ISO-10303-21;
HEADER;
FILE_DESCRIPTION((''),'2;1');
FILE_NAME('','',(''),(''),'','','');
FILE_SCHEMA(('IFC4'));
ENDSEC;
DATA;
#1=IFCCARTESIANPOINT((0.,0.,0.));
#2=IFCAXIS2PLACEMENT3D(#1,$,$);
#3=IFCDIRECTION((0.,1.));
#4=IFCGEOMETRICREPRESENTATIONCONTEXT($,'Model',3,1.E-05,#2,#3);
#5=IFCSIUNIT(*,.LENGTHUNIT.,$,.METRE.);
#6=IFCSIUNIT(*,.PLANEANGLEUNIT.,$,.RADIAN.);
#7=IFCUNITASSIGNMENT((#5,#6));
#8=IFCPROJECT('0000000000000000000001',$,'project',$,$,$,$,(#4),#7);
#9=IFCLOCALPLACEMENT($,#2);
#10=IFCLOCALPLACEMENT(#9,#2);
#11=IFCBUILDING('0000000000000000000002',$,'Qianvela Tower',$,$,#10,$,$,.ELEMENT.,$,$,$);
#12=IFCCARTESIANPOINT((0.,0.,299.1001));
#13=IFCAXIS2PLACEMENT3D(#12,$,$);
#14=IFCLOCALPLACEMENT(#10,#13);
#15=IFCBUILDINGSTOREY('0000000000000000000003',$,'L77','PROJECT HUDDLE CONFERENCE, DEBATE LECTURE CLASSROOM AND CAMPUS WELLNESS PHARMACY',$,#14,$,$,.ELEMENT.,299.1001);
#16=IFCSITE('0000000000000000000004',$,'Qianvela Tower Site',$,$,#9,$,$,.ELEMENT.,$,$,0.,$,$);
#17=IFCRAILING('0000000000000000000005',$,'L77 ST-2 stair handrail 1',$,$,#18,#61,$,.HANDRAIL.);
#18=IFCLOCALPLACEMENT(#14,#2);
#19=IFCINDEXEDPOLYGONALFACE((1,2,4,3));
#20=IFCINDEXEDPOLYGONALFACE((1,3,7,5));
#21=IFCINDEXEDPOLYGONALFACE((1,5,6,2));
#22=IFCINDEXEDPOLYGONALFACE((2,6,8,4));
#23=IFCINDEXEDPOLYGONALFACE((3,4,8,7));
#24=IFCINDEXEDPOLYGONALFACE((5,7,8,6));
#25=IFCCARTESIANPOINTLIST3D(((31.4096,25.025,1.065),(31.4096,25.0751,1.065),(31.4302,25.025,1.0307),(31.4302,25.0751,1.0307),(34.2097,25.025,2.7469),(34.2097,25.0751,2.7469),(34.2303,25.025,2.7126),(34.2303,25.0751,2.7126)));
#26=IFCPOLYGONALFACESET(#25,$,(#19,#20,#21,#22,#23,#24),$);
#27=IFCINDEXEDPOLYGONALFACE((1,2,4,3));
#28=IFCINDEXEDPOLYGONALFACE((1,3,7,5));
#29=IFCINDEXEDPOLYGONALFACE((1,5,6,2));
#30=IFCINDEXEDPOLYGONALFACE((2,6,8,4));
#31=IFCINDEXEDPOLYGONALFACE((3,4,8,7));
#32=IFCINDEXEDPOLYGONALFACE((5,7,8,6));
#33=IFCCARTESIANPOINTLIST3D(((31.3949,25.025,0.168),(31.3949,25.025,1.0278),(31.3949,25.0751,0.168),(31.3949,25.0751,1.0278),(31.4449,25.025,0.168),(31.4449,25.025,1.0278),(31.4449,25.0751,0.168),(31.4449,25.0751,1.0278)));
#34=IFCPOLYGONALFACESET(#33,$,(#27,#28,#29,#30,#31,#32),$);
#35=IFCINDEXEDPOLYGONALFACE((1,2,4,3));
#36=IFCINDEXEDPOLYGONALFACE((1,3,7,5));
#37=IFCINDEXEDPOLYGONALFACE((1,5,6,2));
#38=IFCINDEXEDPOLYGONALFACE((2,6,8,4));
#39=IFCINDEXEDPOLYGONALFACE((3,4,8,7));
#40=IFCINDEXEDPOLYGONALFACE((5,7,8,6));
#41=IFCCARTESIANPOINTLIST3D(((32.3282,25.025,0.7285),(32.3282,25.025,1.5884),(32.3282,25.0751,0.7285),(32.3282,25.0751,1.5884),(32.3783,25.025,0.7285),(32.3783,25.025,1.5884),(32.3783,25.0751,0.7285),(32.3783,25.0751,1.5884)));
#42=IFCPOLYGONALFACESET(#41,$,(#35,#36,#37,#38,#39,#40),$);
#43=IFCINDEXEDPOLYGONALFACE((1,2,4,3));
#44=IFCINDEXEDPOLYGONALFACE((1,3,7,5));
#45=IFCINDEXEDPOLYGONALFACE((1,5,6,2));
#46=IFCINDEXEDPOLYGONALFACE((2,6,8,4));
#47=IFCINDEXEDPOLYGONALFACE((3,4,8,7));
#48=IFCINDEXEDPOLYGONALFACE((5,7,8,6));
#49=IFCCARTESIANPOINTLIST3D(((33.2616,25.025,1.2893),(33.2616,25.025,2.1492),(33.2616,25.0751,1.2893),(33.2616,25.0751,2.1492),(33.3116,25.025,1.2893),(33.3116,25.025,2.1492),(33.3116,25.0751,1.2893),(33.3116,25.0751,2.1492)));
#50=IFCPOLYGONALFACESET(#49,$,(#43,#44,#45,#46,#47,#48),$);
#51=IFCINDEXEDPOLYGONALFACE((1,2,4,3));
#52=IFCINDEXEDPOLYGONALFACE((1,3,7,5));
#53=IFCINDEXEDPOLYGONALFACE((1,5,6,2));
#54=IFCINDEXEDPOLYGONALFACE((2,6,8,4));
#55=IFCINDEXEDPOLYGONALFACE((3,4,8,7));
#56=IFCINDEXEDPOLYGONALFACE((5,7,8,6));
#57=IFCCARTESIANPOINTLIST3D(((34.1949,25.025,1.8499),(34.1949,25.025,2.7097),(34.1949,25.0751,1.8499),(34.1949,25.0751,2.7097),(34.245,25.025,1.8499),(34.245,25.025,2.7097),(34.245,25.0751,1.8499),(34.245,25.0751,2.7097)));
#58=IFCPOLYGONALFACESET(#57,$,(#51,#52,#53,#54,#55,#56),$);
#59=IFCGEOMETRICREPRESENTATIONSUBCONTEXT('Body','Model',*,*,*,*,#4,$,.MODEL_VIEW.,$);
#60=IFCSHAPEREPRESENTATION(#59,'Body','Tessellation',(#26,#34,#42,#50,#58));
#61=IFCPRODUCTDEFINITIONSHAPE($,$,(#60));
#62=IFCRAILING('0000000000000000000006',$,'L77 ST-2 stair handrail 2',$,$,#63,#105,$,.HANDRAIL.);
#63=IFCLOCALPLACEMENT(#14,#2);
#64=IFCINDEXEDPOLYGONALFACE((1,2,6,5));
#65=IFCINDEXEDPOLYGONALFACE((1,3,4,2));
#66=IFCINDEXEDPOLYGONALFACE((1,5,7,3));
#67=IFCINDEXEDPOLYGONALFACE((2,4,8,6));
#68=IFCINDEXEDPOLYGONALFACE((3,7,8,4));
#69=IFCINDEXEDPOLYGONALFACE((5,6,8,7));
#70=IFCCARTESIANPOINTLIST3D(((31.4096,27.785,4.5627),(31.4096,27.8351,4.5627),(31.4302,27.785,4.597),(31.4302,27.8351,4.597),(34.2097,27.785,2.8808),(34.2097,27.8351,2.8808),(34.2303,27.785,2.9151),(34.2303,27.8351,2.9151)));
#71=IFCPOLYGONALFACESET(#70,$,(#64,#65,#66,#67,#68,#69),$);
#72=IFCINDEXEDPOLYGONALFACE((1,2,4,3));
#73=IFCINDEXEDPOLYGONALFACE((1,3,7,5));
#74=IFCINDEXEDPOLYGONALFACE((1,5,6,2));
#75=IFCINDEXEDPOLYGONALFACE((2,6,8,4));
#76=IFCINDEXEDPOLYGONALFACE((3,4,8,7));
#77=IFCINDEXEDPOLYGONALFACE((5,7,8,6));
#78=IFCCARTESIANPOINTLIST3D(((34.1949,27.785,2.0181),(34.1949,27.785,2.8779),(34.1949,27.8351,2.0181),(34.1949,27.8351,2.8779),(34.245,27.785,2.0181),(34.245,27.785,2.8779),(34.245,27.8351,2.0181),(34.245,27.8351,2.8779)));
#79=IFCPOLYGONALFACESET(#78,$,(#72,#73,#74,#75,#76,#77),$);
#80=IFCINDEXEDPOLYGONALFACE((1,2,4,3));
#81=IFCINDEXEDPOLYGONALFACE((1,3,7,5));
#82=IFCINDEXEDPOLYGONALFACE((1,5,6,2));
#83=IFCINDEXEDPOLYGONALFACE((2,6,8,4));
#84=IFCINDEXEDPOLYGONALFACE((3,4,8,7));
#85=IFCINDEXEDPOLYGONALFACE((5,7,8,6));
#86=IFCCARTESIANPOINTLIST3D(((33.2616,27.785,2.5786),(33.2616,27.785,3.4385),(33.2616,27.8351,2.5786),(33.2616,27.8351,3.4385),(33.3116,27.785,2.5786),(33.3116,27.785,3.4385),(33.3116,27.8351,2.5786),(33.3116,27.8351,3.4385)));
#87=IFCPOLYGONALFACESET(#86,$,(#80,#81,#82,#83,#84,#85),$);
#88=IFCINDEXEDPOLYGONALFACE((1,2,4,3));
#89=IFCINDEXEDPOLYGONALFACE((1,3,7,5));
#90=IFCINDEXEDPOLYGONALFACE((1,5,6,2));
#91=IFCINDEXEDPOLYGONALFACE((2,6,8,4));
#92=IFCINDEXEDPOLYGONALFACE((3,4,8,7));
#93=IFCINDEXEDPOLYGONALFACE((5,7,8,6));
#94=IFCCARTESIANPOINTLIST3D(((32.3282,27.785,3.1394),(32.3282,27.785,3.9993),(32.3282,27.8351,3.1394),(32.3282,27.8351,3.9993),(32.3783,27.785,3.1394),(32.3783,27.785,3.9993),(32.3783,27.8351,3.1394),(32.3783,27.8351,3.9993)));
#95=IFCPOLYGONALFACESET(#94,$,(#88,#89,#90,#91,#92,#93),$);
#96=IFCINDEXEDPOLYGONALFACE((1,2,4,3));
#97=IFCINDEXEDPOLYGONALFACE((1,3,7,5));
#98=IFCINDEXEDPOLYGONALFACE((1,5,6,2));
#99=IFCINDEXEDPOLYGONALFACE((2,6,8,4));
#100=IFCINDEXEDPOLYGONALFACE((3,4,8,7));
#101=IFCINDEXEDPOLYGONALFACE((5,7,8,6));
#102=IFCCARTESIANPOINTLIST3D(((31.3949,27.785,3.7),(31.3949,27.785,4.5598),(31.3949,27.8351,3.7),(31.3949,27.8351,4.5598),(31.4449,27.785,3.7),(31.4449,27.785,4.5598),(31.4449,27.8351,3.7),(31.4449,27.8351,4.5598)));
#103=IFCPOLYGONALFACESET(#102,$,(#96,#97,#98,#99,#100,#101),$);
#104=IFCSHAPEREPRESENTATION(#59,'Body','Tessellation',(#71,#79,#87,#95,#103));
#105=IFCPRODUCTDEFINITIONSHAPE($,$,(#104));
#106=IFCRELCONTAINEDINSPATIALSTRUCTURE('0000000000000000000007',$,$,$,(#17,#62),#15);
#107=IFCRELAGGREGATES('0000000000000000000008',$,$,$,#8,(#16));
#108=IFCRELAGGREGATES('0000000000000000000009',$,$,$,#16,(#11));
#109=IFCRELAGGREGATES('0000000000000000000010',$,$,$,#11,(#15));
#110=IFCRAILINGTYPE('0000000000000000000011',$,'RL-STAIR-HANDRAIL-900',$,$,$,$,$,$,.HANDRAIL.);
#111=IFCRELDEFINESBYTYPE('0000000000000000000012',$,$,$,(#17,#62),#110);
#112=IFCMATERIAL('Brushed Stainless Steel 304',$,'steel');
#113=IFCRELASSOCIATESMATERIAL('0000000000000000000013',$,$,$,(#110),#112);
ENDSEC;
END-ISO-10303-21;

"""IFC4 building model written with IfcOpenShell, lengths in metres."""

from ifc_helpers import new_model, si_unit, direction, frame, origin, origin_2d, place, context, subcontext, project, spatial, rectangle, extrude, material, type_object, element, save


model = new_model("IFC4")

# Units and contexts
model_context = context("Model", 3, precision=1e-05, world=origin(), true_north=direction((0.0, 1.0)))
body_context = subcontext(model_context, "Body", "Model", "MODEL_VIEW")
ifc_project = project(units=[si_unit("LENGTHUNIT", "METRE"), si_unit("PLANEANGLEUNIT", "RADIAN")], contexts=[model_context])

# Site, building, storey
site_placement = place(None, origin())
site = spatial("IfcSite", under=ifc_project, at=site_placement, Name="Qianvela Tower Site", CompositionType="ELEMENT", RefElevation=0.0)
building_placement = place(site_placement, origin())
building = spatial("IfcBuilding", under=site, at=building_placement, Name="Qianvela Tower", CompositionType="ELEMENT")
storey_placement = place(building_placement, frame((0.0, 0.0, 299.1001)))
storey = spatial("IfcBuildingStorey", under=building, at=storey_placement, Name="L77", Description="PROJECT HUDDLE CONFERENCE, DEBATE LECTURE CLASSROOM AND CAMPUS WELLNESS PHARMACY", CompositionType="ELEMENT", Elevation=299.1001)

# Railings
ifc_material_1 = material(Name="Brushed Stainless Steel 304", Category="steel")
railing_type_1 = type_object("IfcRailingType", Name="RL-STAIR-HANDRAIL-900", PredefinedType="HANDRAIL", material=ifc_material_1)
for number, where, name in (
    (1, (31.4199, 25.05, 0.168), "L77 ST-2 stair handrail 1"),
):
    element("IfcRailing", number, at=place(storey_placement, frame(where)), inside=storey, type_object=railing_type_1, Name=name, PredefinedType="HANDRAIL", context=body_context, shape_type="SweptSolid", body=[
        extrude(rectangle(XDim=0.05, YDim=0.04, at=origin_2d()), frame((0.0, 0.0, 0.8799), z_axis=(0.857242, 0.0, 0.514913), x_axis=(0.0, 1.0, 0.0)), (0.0, 0.0, 1.0), 3.2664),
        extrude(rectangle(XDim=0.05, YDim=0.05, at=origin_2d()), origin(), (0.0, 0.0, 1.0), 0.8599),
        extrude(rectangle(XDim=0.05, YDim=0.05, at=origin_2d()), frame((0.9333, 0.0, 0.5605)), (0.0, 0.0, 1.0), 0.8599),
        extrude(rectangle(XDim=0.05, YDim=0.05, at=origin_2d()), frame((1.8667, 0.0, 1.1213)), (0.0, 0.0, 1.0), 0.8599),
        extrude(rectangle(XDim=0.05, YDim=0.05, at=origin_2d()), frame((2.8, 0.0, 1.6819)), (0.0, 0.0, 1.0), 0.8599),
    ])
railing_1_placement = place(storey_placement, frame((34.22, 27.8101, 2.0181)))
element("IfcRailing", 2, at=railing_1_placement, inside=storey, type_object=railing_type_1, Name="L77 ST-2 stair handrail 2", PredefinedType="HANDRAIL", context=body_context, shape_type="SweptSolid", body=[
    extrude(rectangle(XDim=0.05, YDim=0.04, at=origin_2d()), frame((0.0, 0.0, 0.8799), z_axis=(-0.857242, 0.0, 0.514913), x_axis=(0.0, -1.0, 0.0)), (0.0, 0.0, 1.0), 3.2664),
    extrude(rectangle(XDim=0.05, YDim=0.05, at=origin_2d()), origin(), (0.0, 0.0, 1.0), 0.8599),
    extrude(rectangle(XDim=0.05, YDim=0.05, at=origin_2d()), frame((-0.9333, 0.0, 0.5605)), (0.0, 0.0, 1.0), 0.8599),
    extrude(rectangle(XDim=0.05, YDim=0.05, at=origin_2d()), frame((-1.8667, 0.0, 1.1213)), (0.0, 0.0, 1.0), 0.8599),
    extrude(rectangle(XDim=0.05, YDim=0.05, at=origin_2d()), frame((-2.8, 0.0, 1.6819)), (0.0, 0.0, 1.0), 0.8599),
])

save(model, "model.ifc")
